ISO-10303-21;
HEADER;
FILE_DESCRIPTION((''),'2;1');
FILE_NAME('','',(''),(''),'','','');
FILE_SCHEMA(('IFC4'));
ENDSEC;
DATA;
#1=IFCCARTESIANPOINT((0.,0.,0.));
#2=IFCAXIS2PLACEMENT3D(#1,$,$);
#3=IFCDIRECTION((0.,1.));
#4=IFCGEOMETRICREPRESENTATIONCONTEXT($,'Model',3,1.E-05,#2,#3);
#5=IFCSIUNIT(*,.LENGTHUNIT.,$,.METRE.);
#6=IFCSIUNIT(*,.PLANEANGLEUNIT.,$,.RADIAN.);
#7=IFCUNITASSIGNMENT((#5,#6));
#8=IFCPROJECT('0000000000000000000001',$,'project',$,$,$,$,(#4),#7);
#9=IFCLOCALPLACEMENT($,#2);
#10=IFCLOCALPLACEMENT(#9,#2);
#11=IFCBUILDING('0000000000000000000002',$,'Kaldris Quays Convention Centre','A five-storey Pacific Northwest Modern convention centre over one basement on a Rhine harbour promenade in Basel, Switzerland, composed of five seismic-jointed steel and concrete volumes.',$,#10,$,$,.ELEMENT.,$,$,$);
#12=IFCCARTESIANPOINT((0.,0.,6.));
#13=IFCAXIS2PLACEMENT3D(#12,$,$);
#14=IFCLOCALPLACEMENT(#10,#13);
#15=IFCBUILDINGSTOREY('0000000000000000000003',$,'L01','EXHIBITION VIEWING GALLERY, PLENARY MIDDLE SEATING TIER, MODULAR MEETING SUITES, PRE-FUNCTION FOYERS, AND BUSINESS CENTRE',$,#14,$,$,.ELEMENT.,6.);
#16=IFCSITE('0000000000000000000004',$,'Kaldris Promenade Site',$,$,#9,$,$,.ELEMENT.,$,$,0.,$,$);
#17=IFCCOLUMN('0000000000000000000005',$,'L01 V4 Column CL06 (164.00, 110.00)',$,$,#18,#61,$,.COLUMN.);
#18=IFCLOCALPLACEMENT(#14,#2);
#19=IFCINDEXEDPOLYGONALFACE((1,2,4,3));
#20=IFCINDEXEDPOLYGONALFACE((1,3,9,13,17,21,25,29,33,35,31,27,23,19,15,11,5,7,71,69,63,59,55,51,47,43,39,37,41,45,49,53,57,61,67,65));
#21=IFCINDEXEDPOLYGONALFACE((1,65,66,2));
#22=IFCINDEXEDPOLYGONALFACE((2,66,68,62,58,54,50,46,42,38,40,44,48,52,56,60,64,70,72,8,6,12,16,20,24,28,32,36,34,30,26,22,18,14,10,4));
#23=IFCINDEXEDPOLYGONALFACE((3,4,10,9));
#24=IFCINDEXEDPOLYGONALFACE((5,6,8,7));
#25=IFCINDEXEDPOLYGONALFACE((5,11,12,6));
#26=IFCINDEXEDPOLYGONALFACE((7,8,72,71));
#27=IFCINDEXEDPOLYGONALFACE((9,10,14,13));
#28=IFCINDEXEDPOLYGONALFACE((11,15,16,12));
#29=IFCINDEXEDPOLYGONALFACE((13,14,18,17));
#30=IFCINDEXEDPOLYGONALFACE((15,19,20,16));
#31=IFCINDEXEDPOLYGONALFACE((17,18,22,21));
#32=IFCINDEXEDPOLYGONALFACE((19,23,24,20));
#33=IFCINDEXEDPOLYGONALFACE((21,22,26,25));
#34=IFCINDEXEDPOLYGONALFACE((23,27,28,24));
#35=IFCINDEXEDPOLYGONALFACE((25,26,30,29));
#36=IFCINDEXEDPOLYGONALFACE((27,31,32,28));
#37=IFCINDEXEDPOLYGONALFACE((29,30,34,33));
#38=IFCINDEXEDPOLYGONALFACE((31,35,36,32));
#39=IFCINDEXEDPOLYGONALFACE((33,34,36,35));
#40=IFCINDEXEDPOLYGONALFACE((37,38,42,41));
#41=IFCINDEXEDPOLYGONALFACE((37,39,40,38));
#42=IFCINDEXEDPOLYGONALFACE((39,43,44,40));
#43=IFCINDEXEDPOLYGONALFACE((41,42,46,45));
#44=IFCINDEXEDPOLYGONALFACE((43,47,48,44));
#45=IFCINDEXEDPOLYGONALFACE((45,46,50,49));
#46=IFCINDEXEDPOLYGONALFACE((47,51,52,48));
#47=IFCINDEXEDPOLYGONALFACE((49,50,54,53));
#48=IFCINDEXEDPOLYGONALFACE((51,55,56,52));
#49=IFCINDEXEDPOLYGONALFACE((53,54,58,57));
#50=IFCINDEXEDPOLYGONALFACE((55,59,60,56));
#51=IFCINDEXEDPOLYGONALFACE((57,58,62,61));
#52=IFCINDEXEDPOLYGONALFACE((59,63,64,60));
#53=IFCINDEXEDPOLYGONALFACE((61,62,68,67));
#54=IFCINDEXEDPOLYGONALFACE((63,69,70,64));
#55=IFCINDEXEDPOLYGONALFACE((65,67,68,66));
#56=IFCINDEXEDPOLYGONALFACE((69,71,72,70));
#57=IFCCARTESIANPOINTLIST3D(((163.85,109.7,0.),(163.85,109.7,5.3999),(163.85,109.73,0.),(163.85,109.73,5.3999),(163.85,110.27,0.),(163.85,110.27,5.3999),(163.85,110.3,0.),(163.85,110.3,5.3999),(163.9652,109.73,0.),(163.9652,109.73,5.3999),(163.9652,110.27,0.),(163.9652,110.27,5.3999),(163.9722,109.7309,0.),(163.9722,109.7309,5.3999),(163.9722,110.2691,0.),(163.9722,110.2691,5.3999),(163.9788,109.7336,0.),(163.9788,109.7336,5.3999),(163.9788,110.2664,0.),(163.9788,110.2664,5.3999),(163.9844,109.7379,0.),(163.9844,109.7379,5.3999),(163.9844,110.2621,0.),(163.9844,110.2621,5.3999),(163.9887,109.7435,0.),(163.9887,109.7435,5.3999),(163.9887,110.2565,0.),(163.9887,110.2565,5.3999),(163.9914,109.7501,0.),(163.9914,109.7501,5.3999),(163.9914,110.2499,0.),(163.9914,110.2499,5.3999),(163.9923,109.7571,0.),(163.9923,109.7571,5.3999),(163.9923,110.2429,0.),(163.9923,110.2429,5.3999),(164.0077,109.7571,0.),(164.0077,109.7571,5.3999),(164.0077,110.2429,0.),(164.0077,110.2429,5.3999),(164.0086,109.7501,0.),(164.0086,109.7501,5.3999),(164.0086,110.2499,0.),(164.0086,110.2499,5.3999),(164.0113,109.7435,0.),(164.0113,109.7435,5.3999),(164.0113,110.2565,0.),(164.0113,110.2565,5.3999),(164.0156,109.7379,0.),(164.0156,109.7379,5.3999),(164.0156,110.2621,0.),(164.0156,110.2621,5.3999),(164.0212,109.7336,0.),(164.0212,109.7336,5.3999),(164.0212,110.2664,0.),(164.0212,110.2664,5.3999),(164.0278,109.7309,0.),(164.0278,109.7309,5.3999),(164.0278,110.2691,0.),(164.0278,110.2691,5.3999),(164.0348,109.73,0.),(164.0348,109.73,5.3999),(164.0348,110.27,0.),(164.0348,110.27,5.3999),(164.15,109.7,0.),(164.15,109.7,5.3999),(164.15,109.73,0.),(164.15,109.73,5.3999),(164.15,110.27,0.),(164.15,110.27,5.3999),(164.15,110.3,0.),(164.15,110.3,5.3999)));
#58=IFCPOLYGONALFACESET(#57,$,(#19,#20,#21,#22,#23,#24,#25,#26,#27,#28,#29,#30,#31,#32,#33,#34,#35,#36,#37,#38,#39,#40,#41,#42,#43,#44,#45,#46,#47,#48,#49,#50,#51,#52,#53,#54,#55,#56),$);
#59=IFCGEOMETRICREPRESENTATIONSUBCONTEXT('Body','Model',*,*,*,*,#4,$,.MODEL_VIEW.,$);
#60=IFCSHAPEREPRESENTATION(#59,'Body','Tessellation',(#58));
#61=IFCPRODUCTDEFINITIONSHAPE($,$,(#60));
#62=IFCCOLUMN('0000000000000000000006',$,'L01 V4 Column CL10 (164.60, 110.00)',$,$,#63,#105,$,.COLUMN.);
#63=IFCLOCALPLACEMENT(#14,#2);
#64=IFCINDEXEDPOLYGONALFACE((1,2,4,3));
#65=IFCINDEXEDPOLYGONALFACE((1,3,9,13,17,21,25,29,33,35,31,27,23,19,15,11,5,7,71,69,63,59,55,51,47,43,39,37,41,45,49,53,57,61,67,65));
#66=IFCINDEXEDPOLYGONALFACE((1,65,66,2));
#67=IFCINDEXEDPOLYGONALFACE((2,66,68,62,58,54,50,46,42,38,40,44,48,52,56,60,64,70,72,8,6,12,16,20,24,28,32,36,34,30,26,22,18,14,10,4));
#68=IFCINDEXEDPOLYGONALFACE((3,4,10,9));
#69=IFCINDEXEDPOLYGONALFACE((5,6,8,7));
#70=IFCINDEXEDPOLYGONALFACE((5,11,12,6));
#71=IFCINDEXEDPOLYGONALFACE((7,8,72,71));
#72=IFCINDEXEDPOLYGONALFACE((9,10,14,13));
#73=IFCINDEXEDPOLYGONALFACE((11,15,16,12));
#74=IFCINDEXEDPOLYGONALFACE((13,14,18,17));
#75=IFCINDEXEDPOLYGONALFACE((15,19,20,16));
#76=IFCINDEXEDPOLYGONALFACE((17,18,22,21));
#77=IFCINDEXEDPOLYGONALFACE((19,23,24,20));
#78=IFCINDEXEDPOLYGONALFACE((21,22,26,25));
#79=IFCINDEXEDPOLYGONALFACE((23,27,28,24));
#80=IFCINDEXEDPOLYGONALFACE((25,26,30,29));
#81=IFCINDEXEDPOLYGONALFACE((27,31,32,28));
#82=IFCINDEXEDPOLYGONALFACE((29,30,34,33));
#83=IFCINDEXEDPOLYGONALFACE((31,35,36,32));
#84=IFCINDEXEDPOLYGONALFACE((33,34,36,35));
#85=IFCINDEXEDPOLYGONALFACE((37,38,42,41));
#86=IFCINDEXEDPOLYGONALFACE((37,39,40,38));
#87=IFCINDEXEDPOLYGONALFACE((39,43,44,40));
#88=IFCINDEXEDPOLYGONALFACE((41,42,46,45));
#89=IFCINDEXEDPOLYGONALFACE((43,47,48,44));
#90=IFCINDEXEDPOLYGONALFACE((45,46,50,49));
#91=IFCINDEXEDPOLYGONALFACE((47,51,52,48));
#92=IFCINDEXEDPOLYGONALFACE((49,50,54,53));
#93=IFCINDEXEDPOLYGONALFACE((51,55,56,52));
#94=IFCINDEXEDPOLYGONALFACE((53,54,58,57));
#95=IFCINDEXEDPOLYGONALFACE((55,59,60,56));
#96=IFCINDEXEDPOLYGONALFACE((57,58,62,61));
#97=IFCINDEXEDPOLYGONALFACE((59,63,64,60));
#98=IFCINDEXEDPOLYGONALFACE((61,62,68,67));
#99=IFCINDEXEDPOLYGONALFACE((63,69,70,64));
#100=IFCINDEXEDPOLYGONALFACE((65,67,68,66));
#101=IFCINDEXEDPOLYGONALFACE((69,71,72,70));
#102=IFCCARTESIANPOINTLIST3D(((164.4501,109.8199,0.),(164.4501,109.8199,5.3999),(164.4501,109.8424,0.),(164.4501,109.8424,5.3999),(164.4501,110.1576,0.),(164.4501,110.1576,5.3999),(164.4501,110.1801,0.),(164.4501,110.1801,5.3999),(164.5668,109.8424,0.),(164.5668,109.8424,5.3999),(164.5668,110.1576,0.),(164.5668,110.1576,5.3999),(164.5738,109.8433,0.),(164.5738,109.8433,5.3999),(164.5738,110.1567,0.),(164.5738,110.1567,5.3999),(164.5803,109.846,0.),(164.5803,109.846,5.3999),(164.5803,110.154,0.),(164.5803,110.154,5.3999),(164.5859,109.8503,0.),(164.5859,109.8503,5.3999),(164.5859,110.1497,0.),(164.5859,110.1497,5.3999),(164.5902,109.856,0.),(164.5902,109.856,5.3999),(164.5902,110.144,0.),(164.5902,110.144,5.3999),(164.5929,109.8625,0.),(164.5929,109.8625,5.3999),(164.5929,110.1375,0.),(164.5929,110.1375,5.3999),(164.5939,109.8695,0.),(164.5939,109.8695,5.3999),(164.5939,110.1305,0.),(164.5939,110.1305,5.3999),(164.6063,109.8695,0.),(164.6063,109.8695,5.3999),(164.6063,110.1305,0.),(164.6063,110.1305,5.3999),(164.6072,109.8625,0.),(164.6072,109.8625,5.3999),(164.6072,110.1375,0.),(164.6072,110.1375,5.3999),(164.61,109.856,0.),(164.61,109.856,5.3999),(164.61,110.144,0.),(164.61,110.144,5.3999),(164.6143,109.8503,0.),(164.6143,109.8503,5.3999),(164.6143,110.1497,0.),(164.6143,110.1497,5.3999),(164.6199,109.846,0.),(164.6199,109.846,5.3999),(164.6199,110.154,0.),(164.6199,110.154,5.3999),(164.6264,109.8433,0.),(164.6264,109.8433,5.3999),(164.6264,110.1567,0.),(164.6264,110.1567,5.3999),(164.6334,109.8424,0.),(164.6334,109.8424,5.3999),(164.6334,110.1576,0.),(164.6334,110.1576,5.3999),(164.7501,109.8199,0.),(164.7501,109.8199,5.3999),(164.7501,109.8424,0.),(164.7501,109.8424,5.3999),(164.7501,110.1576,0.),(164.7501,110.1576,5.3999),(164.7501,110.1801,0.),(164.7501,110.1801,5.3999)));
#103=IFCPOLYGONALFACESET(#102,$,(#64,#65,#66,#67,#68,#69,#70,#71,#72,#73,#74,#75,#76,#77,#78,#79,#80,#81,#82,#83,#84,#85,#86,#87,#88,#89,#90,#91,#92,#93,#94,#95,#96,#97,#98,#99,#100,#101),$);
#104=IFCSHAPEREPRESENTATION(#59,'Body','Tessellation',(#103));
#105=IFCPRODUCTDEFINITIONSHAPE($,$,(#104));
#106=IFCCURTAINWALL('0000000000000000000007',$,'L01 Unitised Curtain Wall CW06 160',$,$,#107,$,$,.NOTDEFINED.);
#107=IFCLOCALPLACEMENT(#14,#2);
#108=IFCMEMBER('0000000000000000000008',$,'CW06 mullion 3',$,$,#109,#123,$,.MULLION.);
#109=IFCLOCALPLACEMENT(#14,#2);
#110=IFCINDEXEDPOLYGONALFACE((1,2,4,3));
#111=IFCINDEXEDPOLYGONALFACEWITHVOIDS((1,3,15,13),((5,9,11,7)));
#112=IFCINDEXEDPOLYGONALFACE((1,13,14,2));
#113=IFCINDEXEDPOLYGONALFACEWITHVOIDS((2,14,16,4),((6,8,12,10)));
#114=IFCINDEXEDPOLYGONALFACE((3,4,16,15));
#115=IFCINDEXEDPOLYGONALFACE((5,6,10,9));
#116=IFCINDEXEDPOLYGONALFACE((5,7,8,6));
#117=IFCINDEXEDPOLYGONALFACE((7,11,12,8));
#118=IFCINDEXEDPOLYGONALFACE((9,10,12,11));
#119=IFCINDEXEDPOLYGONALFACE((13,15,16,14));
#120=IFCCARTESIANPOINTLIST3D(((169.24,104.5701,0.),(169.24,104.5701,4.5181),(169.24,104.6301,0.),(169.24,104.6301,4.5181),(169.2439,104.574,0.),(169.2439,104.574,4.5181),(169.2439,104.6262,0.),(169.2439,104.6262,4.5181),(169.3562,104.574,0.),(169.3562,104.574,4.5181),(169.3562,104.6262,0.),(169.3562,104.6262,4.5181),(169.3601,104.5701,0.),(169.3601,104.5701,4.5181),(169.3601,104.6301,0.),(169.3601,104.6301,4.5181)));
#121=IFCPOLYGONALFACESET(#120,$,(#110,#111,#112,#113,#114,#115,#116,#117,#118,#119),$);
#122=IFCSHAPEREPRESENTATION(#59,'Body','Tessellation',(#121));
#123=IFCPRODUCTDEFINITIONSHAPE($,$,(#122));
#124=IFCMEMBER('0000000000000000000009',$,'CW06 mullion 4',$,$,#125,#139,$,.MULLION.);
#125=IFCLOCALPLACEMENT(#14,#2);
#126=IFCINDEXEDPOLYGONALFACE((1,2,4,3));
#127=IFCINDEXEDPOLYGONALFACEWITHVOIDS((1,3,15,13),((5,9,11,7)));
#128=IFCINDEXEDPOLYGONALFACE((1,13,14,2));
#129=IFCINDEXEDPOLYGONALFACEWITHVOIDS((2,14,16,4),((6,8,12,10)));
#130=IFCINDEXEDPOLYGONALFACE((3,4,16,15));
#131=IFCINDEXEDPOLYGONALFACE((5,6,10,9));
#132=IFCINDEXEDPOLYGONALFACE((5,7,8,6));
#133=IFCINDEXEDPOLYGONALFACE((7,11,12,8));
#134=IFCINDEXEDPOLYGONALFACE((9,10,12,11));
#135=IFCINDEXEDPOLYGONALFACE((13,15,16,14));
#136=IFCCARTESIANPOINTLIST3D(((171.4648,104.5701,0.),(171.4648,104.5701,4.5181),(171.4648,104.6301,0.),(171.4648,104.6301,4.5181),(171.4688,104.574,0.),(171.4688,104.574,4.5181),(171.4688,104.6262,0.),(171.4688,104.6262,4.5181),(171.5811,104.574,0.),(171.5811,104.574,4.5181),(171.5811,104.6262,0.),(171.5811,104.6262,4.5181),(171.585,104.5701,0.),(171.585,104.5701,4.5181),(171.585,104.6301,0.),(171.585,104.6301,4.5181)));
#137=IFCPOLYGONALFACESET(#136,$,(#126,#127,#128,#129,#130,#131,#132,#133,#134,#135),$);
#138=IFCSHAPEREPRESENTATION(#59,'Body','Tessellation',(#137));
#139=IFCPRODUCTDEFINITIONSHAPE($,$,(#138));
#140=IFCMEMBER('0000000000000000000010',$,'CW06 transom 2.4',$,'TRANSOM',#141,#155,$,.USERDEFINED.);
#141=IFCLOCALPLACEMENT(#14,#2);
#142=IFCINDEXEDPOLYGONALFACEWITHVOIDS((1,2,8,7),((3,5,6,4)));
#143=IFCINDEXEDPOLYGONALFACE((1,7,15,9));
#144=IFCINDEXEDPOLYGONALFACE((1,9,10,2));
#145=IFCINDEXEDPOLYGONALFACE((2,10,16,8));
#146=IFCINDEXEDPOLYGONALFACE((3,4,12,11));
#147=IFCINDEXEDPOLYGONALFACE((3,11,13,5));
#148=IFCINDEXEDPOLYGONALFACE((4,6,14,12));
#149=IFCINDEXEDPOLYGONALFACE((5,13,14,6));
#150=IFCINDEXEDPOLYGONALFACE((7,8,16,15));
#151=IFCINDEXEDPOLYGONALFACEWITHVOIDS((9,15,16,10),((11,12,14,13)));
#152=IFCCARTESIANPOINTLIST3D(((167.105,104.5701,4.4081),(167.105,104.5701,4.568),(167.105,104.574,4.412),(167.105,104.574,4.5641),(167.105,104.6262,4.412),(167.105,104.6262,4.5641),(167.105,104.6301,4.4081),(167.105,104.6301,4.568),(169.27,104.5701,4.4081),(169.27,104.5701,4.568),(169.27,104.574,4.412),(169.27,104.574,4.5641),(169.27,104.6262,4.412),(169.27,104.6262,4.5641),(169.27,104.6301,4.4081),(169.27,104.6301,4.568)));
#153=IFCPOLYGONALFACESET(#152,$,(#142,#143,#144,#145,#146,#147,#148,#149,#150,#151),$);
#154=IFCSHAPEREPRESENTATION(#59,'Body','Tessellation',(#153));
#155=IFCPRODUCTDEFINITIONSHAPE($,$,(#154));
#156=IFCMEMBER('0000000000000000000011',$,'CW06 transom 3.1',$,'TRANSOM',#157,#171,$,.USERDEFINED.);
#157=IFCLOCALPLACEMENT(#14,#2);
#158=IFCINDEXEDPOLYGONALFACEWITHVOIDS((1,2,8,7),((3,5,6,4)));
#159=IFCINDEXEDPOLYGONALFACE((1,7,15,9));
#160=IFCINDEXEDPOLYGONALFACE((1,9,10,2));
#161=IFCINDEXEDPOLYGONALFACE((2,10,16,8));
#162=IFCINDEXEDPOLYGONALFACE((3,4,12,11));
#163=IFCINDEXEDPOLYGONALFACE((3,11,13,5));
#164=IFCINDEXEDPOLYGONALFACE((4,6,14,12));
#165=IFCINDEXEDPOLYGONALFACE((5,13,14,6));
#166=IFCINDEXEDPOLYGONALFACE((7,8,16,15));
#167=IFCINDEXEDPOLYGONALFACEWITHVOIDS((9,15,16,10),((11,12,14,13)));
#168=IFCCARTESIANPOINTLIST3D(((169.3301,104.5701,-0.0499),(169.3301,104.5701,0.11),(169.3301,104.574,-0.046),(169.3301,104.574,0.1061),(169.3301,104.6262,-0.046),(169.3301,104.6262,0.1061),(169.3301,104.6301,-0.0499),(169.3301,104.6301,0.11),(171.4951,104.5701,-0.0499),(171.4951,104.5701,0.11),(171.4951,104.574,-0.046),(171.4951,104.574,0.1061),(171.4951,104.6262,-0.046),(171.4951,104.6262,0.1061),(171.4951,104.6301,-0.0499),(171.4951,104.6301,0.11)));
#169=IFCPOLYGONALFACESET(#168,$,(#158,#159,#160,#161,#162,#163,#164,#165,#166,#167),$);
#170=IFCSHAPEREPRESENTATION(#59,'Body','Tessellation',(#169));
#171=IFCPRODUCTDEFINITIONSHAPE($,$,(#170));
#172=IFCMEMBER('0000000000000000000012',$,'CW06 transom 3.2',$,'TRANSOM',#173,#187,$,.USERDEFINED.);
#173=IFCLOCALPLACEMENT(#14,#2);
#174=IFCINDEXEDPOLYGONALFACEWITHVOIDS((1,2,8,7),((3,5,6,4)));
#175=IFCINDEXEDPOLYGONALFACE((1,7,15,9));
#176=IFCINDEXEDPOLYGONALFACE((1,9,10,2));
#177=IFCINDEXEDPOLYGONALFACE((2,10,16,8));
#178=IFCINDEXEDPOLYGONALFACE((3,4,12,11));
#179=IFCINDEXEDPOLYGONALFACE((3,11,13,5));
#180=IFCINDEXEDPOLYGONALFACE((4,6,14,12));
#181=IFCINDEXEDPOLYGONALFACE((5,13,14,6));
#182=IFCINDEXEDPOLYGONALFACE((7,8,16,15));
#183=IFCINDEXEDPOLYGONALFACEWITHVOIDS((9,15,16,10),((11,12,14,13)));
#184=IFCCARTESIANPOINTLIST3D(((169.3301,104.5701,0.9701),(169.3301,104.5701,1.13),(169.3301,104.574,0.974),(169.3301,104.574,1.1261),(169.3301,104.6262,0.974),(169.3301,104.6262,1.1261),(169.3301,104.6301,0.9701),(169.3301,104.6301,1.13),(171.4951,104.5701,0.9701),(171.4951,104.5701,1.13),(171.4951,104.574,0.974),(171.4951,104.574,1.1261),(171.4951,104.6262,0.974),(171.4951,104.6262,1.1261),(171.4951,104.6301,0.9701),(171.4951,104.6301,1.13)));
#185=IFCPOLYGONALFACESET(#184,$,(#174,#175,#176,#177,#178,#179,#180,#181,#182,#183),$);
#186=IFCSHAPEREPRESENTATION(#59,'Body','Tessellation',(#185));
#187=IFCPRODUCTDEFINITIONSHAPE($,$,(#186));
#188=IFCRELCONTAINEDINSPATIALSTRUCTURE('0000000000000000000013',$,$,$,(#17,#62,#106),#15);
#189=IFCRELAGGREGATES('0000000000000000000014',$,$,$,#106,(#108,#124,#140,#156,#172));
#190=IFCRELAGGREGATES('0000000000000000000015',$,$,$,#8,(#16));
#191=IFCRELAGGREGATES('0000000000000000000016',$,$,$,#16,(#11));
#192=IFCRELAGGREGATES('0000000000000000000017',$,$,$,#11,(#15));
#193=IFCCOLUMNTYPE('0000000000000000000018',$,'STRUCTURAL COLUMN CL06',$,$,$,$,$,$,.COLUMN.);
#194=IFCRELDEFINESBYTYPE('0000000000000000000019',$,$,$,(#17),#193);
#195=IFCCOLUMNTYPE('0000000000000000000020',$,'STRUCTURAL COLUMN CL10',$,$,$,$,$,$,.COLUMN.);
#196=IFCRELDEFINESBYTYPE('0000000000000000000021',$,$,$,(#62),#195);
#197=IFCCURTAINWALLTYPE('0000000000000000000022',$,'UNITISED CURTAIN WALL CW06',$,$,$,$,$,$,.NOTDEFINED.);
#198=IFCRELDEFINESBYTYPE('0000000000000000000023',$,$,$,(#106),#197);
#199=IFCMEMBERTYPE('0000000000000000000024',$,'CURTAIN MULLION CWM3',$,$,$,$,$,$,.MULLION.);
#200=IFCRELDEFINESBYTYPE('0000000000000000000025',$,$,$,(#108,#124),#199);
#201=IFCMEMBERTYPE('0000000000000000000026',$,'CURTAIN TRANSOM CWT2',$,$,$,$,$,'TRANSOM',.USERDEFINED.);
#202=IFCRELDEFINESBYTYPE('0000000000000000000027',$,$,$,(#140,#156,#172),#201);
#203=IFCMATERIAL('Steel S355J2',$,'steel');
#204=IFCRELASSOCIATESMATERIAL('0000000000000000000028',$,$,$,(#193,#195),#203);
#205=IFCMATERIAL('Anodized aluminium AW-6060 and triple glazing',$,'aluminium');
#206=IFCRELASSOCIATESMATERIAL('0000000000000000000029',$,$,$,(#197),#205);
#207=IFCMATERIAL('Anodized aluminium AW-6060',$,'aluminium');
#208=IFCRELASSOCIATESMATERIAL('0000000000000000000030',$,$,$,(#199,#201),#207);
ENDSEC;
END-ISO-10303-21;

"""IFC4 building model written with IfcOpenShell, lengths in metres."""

from ifc_helpers import new_model, si_unit, direction, frame, origin, origin_2d, place, context, subcontext, project, spatial, hollow_rectangle, i_section, extrude, material, material_profile, profile_set, type_object, element, aggregate, save


model = new_model("IFC4")

# Units and contexts
model_context = context("Model", 3, precision=1e-05, world=origin(), true_north=direction((0.0, 1.0)))
body_context = subcontext(model_context, "Body", "Model", "MODEL_VIEW")
ifc_project = project(units=[si_unit("LENGTHUNIT", "METRE"), si_unit("PLANEANGLEUNIT", "RADIAN")], contexts=[model_context])

# Site, building, storey
site_placement = place(None, origin())
site = spatial("IfcSite", under=ifc_project, at=site_placement, Name="Kaldris Promenade Site", CompositionType="ELEMENT", RefElevation=0.0)
building_placement = place(site_placement, origin())
building = spatial("IfcBuilding", under=site, at=building_placement, Name="Kaldris Quays Convention Centre", Description="A five-storey Pacific Northwest Modern convention centre over one basement on a Rhine harbour promenade in Basel, Switzerland, composed of five seismic-jointed steel and concrete volumes.", CompositionType="ELEMENT")
storey_placement = place(building_placement, frame((0.0, 0.0, 6.0)))
storey = spatial("IfcBuildingStorey", under=building, at=storey_placement, Name="L01", Description="EXHIBITION VIEWING GALLERY, PLENARY MIDDLE SEATING TIER, MODULAR MEETING SUITES, PRE-FUNCTION FOYERS, AND BUSINESS CENTRE", CompositionType="ELEMENT", Elevation=6.0)

# Columns
ifc_material_1 = material(Name="Steel S355J2", Category="steel")
ifc_material_profile_1 = material_profile(ifc_material_1, i_section(OverallWidth=0.3, OverallDepth=0.6001, WebThickness=0.0154, FlangeThickness=0.03, FilletRadius=0.0271, at=origin_2d()), Name="HEB 600")
ifc_profile_set_1 = profile_set([ifc_material_profile_1], Name="Steel S355J2")
column_type_1 = type_object("IfcColumnType", Name="STRUCTURAL COLUMN CL06", PredefinedType="COLUMN", material=ifc_profile_set_1)
column_1_placement = place(storey_placement, frame((164.0, 110.0, 0.0), z_axis=(0.0, 0.0, 1.0), x_axis=(1.0, 0.0, 0.0)))
element("IfcColumn", 1, at=column_1_placement, inside=storey, type_object=column_type_1, Name="L01 V4 Column CL06 (164.00, 110.00)", PredefinedType="COLUMN", context=body_context, shape_type="SweptSolid", body=[
    extrude(i_section(OverallWidth=0.3, OverallDepth=0.6001, WebThickness=0.0154, FlangeThickness=0.03, FilletRadius=0.0271, at=origin_2d()), origin(), (0.0, 0.0, 1.0), 5.3999),
])
ifc_material_profile_2 = material_profile(ifc_material_1, i_section(OverallWidth=0.3, OverallDepth=0.3601, WebThickness=0.0125, FlangeThickness=0.0225, FilletRadius=0.0271, at=origin_2d()), Name="HEB 360")
ifc_profile_set_2 = profile_set([ifc_material_profile_2], Name="Steel S355J2")
column_type_2 = type_object("IfcColumnType", Name="STRUCTURAL COLUMN CL10", PredefinedType="COLUMN", material=ifc_profile_set_2)
column_2_placement = place(storey_placement, frame((164.6001, 110.0, 0.0), z_axis=(0.0, 0.0, 1.0), x_axis=(1.0, 0.0, 0.0)))
element("IfcColumn", 2, at=column_2_placement, inside=storey, type_object=column_type_2, Name="L01 V4 Column CL10 (164.60, 110.00)", PredefinedType="COLUMN", context=body_context, shape_type="SweptSolid", body=[
    extrude(i_section(OverallWidth=0.3, OverallDepth=0.3601, WebThickness=0.0125, FlangeThickness=0.0225, FilletRadius=0.0271, at=origin_2d()), origin(), (0.0, 0.0, 1.0), 5.3999),
])

# Curtain wall, members
ifc_material_2 = material(Name="Anodized aluminium AW-6060 and triple glazing", Category="aluminium")
curtain_wall_type = type_object("IfcCurtainWallType", Name="UNITISED CURTAIN WALL CW06", PredefinedType="NOTDEFINED", material=ifc_material_2)
curtain_wall_placement = place(storey_placement, origin())
curtain_wall = element("IfcCurtainWall", 3, at=curtain_wall_placement, inside=storey, type_object=curtain_wall_type, Name="L01 Unitised Curtain Wall CW06 160", PredefinedType="NOTDEFINED")
ifc_material_3 = material(Name="Anodized aluminium AW-6060", Category="aluminium")
ifc_material_profile_3 = material_profile(ifc_material_3, hollow_rectangle(XDim=0.0601, YDim=0.1201, WallThickness=0.0039, at=origin_2d()), Name="RHS 120x60x4")
ifc_profile_set_3 = profile_set([ifc_material_profile_3], Name="Anodized aluminium AW-6060")
member_type_1 = type_object("IfcMemberType", Name="CURTAIN MULLION CWM3", PredefinedType="MULLION", material=ifc_profile_set_3)
member_1_placement = place(storey_placement, frame((169.3, 104.6001, 0.0), z_axis=(0.0, 0.0, 1.0), x_axis=(0.0, 1.0, 0.0)))
member_1 = element("IfcMember", 4, at=member_1_placement, type_object=member_type_1, Name="CW06 mullion 3", PredefinedType="MULLION", context=body_context, shape_type="SweptSolid", body=[
    extrude(hollow_rectangle(XDim=0.0601, YDim=0.1201, WallThickness=0.0039, at=origin_2d()), origin(), (0.0, 0.0, 1.0), 4.5181),
])
member_2_placement = place(storey_placement, frame((171.5249, 104.6001, 0.0), z_axis=(0.0, 0.0, 1.0), x_axis=(0.0, 1.0, 0.0)))
member_2 = element("IfcMember", 5, at=member_2_placement, type_object=member_type_1, Name="CW06 mullion 4", PredefinedType="MULLION", context=body_context, shape_type="SweptSolid", body=[
    extrude(hollow_rectangle(XDim=0.0601, YDim=0.1201, WallThickness=0.0039, at=origin_2d()), origin(), (0.0, 0.0, 1.0), 4.5181),
])
ifc_material_profile_4 = material_profile(ifc_material_3, hollow_rectangle(XDim=0.0601, YDim=0.1599, WallThickness=0.0039, at=origin_2d()), Name="RHS 160x60x4")
ifc_profile_set_4 = profile_set([ifc_material_profile_4], Name="Anodized aluminium AW-6060")
member_type_2 = type_object("IfcMemberType", Name="CURTAIN TRANSOM CWT2", ElementType="TRANSOM", PredefinedType="USERDEFINED", material=ifc_profile_set_4)
member_3_placement = place(storey_placement, frame((167.105, 104.6001, 4.488), z_axis=(1.0, 0.0, 0.0), x_axis=(0.0, 1.0, 0.0)))
member_3 = element("IfcMember", 6, at=member_3_placement, type_object=member_type_2, Name="CW06 transom 2.4", ObjectType="TRANSOM", PredefinedType="USERDEFINED", context=body_context, shape_type="SweptSolid", body=[
    extrude(hollow_rectangle(XDim=0.0601, YDim=0.1599, WallThickness=0.0039, at=origin_2d()), origin(), (0.0, 0.0, 1.0), 2.165),
])
member_4_placement = place(storey_placement, frame((169.3301, 104.6001, 0.03), z_axis=(1.0, 0.0, 0.0), x_axis=(0.0, 1.0, 0.0)))
member_4 = element("IfcMember", 7, at=member_4_placement, type_object=member_type_2, Name="CW06 transom 3.1", ObjectType="TRANSOM", PredefinedType="USERDEFINED", context=body_context, shape_type="SweptSolid", body=[
    extrude(hollow_rectangle(XDim=0.0601, YDim=0.1599, WallThickness=0.0039, at=origin_2d()), origin(), (0.0, 0.0, 1.0), 2.165),
])
member_5_placement = place(storey_placement, frame((169.3301, 104.6001, 1.05), z_axis=(1.0, 0.0, 0.0), x_axis=(0.0, 1.0, 0.0)))
member_5 = element("IfcMember", 8, at=member_5_placement, type_object=member_type_2, Name="CW06 transom 3.2", ObjectType="TRANSOM", PredefinedType="USERDEFINED", context=body_context, shape_type="SweptSolid", body=[
    extrude(hollow_rectangle(XDim=0.0601, YDim=0.1599, WallThickness=0.0039, at=origin_2d()), origin(), (0.0, 0.0, 1.0), 2.165),
])

aggregate(curtain_wall, [member_1, member_2, member_3, member_4, member_5])

save(model, "model.ifc")
